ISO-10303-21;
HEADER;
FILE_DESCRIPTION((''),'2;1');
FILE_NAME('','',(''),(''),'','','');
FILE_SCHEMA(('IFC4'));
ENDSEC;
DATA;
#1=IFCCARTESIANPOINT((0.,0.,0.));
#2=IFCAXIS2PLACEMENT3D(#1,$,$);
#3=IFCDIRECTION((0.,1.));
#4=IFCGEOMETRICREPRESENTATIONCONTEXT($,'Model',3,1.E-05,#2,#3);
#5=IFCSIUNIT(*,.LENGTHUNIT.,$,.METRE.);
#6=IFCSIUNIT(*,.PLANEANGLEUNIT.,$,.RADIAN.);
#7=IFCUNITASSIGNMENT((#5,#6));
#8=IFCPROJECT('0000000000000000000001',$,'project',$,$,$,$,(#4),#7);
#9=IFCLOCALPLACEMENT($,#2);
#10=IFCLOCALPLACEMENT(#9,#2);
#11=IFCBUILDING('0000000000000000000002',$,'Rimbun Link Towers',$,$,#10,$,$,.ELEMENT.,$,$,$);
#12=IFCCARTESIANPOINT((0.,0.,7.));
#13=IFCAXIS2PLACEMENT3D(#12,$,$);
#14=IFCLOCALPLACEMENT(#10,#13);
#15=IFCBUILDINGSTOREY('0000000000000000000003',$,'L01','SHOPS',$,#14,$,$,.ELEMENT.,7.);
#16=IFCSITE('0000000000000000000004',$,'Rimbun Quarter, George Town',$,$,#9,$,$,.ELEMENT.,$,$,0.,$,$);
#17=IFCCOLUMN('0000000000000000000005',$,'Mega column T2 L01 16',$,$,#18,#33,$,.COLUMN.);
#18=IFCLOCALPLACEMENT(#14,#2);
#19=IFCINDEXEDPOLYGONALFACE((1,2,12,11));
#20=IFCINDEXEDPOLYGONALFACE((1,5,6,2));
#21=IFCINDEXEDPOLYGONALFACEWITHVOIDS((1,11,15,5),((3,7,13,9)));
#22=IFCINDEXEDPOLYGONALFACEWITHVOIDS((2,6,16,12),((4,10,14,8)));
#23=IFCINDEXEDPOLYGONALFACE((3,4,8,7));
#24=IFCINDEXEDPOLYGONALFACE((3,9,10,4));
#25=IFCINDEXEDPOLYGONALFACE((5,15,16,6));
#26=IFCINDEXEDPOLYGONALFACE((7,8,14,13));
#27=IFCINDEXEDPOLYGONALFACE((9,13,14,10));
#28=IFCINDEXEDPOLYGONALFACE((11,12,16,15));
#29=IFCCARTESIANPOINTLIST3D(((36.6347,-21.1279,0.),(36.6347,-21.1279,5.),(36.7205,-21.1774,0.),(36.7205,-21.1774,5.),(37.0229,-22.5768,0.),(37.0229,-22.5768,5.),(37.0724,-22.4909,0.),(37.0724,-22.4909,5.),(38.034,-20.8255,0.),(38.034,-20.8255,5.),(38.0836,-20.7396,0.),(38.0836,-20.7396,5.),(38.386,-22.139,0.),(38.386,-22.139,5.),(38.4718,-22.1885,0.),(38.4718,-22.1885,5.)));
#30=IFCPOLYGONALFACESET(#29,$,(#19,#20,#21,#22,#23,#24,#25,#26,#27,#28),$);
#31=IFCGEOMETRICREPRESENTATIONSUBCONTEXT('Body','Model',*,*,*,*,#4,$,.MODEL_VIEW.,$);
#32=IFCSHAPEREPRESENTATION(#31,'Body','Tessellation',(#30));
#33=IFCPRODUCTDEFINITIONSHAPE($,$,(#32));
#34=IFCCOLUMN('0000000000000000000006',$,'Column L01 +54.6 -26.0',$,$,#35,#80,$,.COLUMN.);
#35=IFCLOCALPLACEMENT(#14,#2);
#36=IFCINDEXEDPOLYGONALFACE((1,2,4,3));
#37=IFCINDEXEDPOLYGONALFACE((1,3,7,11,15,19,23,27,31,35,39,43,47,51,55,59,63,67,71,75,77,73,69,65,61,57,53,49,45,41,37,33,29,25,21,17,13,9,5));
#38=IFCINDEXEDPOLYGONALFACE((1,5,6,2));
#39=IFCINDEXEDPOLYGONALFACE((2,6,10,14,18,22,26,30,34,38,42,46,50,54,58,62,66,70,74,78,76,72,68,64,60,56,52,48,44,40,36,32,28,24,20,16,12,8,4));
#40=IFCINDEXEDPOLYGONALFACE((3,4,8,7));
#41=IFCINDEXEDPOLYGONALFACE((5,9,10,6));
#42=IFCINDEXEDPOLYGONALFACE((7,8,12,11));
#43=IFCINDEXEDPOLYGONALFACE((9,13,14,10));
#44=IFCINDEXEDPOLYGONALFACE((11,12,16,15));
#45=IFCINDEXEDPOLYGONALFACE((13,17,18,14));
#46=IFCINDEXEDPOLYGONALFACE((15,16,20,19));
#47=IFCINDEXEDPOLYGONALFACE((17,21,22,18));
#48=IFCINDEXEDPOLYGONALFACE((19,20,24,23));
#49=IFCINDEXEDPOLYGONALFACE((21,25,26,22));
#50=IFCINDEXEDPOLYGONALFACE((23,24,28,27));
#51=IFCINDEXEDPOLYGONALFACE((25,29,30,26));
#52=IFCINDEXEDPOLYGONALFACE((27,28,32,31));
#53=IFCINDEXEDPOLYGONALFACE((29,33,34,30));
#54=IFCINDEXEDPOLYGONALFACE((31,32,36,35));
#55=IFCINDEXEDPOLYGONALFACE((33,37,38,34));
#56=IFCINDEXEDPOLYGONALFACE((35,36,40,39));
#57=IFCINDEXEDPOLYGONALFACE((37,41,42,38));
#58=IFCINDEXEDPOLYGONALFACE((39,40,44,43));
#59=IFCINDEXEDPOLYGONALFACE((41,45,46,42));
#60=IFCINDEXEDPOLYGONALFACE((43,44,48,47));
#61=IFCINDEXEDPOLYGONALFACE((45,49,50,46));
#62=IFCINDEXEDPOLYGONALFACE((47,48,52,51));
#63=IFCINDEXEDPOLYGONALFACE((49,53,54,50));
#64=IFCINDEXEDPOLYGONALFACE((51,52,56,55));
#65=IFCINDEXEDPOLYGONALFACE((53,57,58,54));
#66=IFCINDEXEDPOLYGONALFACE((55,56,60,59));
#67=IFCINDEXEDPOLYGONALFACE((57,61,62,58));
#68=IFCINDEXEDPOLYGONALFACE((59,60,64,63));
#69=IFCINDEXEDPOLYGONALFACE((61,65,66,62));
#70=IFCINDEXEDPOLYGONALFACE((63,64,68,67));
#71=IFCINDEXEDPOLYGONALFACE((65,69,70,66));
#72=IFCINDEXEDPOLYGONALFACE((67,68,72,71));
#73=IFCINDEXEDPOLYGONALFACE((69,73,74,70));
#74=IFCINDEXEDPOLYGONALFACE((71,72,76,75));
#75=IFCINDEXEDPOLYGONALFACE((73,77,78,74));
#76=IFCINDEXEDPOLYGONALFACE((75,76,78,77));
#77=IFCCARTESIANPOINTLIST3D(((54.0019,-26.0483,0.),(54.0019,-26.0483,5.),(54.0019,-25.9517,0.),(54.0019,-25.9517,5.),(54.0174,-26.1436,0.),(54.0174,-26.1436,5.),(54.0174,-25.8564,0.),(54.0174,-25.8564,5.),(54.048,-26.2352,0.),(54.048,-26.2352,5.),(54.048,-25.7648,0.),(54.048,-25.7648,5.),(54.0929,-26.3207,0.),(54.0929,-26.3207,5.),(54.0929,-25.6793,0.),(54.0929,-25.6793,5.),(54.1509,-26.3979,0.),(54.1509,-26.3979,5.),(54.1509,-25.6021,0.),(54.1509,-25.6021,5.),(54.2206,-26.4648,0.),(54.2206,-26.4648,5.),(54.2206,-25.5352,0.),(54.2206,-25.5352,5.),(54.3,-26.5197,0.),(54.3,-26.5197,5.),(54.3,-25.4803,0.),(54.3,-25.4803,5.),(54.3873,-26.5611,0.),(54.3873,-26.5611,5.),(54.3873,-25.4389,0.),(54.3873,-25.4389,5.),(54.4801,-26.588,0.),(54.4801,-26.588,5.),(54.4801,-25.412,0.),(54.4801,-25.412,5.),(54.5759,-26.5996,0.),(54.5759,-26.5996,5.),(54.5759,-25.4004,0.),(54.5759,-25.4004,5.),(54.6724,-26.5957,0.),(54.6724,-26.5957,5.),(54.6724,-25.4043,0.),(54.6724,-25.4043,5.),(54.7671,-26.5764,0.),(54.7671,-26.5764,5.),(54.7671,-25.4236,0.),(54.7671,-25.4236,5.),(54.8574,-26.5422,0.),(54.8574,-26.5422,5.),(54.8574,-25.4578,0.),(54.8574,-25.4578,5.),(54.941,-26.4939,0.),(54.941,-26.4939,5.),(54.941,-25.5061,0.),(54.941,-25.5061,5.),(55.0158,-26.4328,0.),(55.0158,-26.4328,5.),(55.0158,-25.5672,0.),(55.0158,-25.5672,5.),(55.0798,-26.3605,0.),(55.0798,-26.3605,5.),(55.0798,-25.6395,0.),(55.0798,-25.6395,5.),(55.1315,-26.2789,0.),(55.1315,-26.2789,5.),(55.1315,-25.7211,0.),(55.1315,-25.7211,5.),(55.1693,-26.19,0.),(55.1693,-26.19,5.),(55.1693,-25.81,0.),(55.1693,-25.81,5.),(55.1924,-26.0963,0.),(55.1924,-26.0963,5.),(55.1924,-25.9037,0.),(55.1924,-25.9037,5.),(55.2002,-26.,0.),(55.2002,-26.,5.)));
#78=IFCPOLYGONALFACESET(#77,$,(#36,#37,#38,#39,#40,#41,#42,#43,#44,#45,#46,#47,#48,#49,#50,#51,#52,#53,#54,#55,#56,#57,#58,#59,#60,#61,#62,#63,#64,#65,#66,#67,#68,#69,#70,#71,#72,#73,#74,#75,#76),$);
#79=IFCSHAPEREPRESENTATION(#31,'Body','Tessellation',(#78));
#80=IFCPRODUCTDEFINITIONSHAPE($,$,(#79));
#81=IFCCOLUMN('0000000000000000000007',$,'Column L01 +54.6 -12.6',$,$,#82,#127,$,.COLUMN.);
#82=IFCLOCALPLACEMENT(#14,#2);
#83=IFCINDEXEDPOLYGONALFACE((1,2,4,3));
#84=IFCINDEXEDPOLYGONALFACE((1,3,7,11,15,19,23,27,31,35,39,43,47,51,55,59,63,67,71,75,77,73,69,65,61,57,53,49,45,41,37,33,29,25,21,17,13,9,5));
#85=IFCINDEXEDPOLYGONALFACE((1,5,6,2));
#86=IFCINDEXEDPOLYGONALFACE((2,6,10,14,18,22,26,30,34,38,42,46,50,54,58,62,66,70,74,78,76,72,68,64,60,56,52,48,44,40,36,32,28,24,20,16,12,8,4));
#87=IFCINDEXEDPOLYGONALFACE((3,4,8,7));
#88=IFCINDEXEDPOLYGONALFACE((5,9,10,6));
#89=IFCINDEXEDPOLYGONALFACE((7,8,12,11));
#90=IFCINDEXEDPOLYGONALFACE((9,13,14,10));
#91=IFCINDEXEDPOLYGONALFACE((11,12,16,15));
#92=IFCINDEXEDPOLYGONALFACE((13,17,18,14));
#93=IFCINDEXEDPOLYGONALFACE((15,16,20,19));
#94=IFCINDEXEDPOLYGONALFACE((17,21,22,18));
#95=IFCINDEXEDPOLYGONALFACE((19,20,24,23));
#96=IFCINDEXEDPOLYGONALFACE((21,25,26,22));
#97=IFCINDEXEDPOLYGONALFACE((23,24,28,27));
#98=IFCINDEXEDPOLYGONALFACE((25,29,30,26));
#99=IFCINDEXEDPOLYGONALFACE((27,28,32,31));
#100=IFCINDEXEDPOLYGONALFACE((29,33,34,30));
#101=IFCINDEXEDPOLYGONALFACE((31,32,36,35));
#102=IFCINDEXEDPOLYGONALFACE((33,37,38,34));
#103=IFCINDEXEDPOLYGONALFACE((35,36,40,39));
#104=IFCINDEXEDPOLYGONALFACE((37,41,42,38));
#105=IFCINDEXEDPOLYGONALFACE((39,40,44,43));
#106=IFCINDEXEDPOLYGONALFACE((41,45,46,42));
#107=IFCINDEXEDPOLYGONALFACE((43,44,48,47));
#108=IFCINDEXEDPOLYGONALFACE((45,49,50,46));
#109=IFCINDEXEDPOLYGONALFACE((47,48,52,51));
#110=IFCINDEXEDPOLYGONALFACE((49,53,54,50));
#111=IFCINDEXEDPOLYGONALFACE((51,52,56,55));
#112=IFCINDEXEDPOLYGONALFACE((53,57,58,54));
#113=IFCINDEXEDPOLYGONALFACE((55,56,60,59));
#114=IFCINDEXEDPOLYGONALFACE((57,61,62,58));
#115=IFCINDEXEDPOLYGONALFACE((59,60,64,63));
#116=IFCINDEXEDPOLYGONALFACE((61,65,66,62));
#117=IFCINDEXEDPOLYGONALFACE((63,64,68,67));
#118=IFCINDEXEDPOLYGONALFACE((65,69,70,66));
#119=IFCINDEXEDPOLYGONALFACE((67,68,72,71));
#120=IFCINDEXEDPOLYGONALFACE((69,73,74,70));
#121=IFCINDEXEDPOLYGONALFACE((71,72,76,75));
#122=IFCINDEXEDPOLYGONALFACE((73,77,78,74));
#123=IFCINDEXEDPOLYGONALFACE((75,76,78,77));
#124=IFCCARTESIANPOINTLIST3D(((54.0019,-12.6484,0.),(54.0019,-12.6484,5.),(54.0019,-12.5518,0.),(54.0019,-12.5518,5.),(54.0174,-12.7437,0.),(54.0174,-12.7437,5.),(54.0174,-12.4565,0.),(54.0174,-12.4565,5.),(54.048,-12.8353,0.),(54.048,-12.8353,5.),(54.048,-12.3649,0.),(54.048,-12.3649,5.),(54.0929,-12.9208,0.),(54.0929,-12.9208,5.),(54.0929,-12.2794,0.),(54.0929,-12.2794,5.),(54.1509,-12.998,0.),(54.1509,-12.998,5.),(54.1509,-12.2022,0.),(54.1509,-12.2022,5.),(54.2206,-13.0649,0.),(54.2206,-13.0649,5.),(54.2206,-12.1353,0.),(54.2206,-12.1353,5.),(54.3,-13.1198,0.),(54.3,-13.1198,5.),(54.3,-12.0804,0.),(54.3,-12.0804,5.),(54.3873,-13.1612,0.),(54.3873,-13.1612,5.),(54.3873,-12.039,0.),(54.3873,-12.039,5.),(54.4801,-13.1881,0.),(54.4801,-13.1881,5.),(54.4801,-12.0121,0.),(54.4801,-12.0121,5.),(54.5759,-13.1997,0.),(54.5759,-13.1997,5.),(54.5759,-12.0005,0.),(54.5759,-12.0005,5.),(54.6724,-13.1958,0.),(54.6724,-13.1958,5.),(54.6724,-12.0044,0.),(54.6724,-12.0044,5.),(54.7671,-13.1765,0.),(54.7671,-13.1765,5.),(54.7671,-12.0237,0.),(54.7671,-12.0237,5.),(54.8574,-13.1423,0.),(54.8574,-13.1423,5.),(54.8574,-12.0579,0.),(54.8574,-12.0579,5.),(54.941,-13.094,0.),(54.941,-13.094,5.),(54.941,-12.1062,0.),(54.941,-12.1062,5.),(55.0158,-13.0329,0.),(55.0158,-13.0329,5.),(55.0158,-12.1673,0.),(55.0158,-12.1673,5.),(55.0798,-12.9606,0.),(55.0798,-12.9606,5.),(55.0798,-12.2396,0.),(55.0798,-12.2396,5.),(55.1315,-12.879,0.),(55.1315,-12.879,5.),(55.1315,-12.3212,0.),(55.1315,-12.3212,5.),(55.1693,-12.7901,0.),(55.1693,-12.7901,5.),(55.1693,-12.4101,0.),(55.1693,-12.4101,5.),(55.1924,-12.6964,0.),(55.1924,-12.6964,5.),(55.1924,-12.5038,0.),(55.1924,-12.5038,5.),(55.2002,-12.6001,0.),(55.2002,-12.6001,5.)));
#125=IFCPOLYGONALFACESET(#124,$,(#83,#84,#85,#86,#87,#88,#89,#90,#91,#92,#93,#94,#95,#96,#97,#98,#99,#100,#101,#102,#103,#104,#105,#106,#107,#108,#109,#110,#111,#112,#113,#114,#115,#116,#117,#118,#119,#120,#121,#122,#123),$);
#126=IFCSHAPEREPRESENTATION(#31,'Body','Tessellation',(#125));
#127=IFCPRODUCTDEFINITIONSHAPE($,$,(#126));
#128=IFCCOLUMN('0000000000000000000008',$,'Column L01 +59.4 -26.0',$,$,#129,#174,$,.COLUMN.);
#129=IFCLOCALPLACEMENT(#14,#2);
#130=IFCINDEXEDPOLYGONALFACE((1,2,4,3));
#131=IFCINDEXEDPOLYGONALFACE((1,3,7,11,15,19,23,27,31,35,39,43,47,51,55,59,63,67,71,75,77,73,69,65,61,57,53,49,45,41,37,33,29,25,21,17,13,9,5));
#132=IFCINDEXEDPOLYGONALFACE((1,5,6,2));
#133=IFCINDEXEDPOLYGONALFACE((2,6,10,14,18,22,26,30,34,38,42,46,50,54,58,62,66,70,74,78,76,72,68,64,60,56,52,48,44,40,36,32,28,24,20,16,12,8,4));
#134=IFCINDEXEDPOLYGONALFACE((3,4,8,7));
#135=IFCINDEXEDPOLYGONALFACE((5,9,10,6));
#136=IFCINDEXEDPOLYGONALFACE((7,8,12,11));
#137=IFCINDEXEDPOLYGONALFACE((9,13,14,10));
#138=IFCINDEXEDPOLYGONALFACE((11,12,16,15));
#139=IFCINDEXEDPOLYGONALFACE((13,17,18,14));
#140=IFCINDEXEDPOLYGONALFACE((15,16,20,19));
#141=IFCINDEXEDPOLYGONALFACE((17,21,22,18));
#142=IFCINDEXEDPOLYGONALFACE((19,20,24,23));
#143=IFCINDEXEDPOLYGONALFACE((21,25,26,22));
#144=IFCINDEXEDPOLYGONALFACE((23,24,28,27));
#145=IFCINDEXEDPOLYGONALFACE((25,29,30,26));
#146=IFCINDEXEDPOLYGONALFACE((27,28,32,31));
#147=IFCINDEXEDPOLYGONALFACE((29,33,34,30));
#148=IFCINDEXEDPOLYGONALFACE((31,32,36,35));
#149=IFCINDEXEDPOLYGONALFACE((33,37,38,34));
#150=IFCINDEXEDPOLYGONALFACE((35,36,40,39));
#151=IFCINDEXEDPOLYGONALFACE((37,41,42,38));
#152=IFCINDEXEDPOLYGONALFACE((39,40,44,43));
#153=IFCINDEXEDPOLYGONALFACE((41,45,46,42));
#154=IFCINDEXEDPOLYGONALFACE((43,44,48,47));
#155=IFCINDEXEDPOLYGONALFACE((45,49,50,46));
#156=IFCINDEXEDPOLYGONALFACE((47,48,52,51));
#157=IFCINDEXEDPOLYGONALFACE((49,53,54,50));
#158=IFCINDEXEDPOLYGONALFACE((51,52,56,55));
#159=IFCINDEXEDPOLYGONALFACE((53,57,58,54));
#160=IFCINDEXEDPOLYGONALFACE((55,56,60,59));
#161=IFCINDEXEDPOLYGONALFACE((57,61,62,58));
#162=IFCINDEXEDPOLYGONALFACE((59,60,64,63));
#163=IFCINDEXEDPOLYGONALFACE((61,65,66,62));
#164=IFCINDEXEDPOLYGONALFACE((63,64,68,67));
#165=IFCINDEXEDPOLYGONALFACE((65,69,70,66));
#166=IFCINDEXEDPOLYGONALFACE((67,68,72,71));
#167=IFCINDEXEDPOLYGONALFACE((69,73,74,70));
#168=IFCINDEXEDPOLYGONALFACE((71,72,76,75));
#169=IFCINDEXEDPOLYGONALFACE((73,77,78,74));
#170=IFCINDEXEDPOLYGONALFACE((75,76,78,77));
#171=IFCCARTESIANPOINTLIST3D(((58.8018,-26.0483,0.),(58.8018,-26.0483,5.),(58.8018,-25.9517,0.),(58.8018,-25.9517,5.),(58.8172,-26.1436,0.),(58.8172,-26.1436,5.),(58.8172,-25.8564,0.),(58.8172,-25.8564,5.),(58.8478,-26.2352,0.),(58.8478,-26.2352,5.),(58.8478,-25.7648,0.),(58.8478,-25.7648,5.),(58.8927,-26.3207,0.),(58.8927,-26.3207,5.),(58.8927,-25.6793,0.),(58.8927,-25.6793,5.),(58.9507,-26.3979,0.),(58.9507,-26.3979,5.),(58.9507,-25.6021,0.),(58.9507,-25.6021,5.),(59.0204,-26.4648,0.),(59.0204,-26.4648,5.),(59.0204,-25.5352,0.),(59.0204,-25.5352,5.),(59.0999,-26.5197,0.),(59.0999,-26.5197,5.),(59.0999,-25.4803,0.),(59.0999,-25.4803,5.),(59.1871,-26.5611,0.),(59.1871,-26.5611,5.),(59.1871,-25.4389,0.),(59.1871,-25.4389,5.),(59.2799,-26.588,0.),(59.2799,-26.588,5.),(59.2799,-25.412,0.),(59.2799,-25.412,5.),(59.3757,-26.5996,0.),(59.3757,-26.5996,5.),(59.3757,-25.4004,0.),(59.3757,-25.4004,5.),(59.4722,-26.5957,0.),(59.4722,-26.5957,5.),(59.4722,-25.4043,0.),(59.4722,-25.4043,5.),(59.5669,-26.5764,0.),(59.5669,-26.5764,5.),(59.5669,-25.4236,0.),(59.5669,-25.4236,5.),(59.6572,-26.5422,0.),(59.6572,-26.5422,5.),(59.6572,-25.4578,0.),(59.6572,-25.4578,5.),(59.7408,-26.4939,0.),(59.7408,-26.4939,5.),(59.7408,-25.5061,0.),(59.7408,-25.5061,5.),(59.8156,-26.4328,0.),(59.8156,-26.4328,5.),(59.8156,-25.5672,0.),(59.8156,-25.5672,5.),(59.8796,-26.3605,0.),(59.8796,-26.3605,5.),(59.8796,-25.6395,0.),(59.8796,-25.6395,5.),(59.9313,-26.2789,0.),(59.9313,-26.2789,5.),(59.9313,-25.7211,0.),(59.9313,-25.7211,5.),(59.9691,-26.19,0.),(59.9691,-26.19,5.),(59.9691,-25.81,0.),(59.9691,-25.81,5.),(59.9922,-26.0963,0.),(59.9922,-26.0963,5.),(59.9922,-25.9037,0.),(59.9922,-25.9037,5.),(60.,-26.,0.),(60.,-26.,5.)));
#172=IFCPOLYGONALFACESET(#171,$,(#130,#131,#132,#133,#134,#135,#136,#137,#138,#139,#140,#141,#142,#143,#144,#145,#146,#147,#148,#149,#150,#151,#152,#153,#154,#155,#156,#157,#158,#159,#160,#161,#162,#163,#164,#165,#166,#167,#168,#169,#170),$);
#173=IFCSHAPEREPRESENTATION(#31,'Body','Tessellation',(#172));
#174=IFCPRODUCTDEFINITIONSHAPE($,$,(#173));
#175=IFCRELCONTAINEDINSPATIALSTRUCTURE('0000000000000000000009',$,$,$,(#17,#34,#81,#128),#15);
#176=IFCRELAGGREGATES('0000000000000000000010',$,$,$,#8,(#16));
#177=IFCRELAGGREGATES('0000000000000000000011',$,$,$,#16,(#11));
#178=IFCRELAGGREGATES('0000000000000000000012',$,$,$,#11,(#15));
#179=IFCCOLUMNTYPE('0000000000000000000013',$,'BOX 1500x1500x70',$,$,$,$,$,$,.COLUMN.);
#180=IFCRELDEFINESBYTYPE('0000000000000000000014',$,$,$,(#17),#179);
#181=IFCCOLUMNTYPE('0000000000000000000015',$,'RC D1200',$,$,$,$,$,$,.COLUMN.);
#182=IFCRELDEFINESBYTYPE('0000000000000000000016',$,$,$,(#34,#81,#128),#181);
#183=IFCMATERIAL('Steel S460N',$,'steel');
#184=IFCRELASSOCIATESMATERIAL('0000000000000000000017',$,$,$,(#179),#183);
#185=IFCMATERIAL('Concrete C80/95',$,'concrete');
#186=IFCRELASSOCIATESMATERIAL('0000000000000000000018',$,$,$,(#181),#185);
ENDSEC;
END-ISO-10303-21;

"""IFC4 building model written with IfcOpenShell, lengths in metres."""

from ifc_helpers import new_model, si_unit, direction, frame, origin, origin_2d, place, context, subcontext, project, spatial, hollow_rectangle, circle, extrude, material, material_profile, profile_set, type_object, element, save


model = new_model("IFC4")

# Units and contexts
model_context = context("Model", 3, precision=1e-05, world=origin(), true_north=direction((0.0, 1.0)))
body_context = subcontext(model_context, "Body", "Model", "MODEL_VIEW")
ifc_project = project(units=[si_unit("LENGTHUNIT", "METRE"), si_unit("PLANEANGLEUNIT", "RADIAN")], contexts=[model_context])

# Site, building, storey
site_placement = place(None, origin())
site = spatial("IfcSite", under=ifc_project, at=site_placement, Name="Rimbun Quarter, George Town", CompositionType="ELEMENT", RefElevation=0.0)
building_placement = place(site_placement, origin())
building = spatial("IfcBuilding", under=site, at=building_placement, Name="Rimbun Link Towers", CompositionType="ELEMENT")
storey_placement = place(building_placement, frame((0.0, 0.0, 7.0)))
storey = spatial("IfcBuildingStorey", under=building, at=storey_placement, Name="L01", Description="SHOPS", CompositionType="ELEMENT", Elevation=7.0)

# Columns
ifc_material_1 = material(Name="Steel S460N", Category="steel")
ifc_material_profile_1 = material_profile(ifc_material_1, hollow_rectangle(XDim=1.5, YDim=1.5, WallThickness=0.0701, at=origin_2d()), Name="BOX 1500x1500x70")
ifc_profile_set_1 = profile_set([ifc_material_profile_1], Name="Steel S460N")
column_type_1 = type_object("IfcColumnType", Name="BOX 1500x1500x70", PredefinedType="COLUMN", material=ifc_profile_set_1)
column_placement = place(storey_placement, frame((37.5532, -21.6582, 0.0), z_axis=(0.0, 0.0, 1.0), x_axis=(0.258819, -0.965926, 0.0)))
element("IfcColumn", 1, at=column_placement, inside=storey, type_object=column_type_1, Name="Mega column T2 L01 16", PredefinedType="COLUMN", context=body_context, shape_type="SweptSolid", body=[
    extrude(hollow_rectangle(XDim=1.5, YDim=1.5, WallThickness=0.0701, at=origin_2d()), origin(), (0.0, 0.0, 1.0), 5.0),
])
ifc_material_2 = material(Name="Concrete C80/95", Category="concrete")
ifc_material_profile_2 = material_profile(ifc_material_2, circle(Radius=0.6001, at=origin_2d()), Name="RC D1200")
ifc_profile_set_2 = profile_set([ifc_material_profile_2], Name="Concrete C80/95")
column_type_2 = type_object("IfcColumnType", Name="RC D1200", PredefinedType="COLUMN", material=ifc_profile_set_2)
for number, where, z_axis, x_axis, name in (
    (2, (54.6001, -26.0, 0.0), (0.0, 0.0, 1.0), (1.0, 0.0, 0.0), "Column L01 +54.6 -26.0"),
    (3, (54.6001, -12.6001, 0.0), (0.0, 0.0, 1.0), (1.0, 0.0, 0.0), "Column L01 +54.6 -12.6"),
    (4, (59.3999, -26.0, 0.0), (0.0, 0.0, 1.0), (1.0, 0.0, 0.0), "Column L01 +59.4 -26.0"),
):
    element("IfcColumn", number, at=place(storey_placement, frame(where, z_axis=z_axis, x_axis=x_axis)), inside=storey, type_object=column_type_2, Name=name, PredefinedType="COLUMN", context=body_context, shape_type="SweptSolid", body=[
        extrude(circle(Radius=0.6001, at=origin_2d()), origin(), (0.0, 0.0, 1.0), 5.0),
    ])

save(model, "model.ifc")
